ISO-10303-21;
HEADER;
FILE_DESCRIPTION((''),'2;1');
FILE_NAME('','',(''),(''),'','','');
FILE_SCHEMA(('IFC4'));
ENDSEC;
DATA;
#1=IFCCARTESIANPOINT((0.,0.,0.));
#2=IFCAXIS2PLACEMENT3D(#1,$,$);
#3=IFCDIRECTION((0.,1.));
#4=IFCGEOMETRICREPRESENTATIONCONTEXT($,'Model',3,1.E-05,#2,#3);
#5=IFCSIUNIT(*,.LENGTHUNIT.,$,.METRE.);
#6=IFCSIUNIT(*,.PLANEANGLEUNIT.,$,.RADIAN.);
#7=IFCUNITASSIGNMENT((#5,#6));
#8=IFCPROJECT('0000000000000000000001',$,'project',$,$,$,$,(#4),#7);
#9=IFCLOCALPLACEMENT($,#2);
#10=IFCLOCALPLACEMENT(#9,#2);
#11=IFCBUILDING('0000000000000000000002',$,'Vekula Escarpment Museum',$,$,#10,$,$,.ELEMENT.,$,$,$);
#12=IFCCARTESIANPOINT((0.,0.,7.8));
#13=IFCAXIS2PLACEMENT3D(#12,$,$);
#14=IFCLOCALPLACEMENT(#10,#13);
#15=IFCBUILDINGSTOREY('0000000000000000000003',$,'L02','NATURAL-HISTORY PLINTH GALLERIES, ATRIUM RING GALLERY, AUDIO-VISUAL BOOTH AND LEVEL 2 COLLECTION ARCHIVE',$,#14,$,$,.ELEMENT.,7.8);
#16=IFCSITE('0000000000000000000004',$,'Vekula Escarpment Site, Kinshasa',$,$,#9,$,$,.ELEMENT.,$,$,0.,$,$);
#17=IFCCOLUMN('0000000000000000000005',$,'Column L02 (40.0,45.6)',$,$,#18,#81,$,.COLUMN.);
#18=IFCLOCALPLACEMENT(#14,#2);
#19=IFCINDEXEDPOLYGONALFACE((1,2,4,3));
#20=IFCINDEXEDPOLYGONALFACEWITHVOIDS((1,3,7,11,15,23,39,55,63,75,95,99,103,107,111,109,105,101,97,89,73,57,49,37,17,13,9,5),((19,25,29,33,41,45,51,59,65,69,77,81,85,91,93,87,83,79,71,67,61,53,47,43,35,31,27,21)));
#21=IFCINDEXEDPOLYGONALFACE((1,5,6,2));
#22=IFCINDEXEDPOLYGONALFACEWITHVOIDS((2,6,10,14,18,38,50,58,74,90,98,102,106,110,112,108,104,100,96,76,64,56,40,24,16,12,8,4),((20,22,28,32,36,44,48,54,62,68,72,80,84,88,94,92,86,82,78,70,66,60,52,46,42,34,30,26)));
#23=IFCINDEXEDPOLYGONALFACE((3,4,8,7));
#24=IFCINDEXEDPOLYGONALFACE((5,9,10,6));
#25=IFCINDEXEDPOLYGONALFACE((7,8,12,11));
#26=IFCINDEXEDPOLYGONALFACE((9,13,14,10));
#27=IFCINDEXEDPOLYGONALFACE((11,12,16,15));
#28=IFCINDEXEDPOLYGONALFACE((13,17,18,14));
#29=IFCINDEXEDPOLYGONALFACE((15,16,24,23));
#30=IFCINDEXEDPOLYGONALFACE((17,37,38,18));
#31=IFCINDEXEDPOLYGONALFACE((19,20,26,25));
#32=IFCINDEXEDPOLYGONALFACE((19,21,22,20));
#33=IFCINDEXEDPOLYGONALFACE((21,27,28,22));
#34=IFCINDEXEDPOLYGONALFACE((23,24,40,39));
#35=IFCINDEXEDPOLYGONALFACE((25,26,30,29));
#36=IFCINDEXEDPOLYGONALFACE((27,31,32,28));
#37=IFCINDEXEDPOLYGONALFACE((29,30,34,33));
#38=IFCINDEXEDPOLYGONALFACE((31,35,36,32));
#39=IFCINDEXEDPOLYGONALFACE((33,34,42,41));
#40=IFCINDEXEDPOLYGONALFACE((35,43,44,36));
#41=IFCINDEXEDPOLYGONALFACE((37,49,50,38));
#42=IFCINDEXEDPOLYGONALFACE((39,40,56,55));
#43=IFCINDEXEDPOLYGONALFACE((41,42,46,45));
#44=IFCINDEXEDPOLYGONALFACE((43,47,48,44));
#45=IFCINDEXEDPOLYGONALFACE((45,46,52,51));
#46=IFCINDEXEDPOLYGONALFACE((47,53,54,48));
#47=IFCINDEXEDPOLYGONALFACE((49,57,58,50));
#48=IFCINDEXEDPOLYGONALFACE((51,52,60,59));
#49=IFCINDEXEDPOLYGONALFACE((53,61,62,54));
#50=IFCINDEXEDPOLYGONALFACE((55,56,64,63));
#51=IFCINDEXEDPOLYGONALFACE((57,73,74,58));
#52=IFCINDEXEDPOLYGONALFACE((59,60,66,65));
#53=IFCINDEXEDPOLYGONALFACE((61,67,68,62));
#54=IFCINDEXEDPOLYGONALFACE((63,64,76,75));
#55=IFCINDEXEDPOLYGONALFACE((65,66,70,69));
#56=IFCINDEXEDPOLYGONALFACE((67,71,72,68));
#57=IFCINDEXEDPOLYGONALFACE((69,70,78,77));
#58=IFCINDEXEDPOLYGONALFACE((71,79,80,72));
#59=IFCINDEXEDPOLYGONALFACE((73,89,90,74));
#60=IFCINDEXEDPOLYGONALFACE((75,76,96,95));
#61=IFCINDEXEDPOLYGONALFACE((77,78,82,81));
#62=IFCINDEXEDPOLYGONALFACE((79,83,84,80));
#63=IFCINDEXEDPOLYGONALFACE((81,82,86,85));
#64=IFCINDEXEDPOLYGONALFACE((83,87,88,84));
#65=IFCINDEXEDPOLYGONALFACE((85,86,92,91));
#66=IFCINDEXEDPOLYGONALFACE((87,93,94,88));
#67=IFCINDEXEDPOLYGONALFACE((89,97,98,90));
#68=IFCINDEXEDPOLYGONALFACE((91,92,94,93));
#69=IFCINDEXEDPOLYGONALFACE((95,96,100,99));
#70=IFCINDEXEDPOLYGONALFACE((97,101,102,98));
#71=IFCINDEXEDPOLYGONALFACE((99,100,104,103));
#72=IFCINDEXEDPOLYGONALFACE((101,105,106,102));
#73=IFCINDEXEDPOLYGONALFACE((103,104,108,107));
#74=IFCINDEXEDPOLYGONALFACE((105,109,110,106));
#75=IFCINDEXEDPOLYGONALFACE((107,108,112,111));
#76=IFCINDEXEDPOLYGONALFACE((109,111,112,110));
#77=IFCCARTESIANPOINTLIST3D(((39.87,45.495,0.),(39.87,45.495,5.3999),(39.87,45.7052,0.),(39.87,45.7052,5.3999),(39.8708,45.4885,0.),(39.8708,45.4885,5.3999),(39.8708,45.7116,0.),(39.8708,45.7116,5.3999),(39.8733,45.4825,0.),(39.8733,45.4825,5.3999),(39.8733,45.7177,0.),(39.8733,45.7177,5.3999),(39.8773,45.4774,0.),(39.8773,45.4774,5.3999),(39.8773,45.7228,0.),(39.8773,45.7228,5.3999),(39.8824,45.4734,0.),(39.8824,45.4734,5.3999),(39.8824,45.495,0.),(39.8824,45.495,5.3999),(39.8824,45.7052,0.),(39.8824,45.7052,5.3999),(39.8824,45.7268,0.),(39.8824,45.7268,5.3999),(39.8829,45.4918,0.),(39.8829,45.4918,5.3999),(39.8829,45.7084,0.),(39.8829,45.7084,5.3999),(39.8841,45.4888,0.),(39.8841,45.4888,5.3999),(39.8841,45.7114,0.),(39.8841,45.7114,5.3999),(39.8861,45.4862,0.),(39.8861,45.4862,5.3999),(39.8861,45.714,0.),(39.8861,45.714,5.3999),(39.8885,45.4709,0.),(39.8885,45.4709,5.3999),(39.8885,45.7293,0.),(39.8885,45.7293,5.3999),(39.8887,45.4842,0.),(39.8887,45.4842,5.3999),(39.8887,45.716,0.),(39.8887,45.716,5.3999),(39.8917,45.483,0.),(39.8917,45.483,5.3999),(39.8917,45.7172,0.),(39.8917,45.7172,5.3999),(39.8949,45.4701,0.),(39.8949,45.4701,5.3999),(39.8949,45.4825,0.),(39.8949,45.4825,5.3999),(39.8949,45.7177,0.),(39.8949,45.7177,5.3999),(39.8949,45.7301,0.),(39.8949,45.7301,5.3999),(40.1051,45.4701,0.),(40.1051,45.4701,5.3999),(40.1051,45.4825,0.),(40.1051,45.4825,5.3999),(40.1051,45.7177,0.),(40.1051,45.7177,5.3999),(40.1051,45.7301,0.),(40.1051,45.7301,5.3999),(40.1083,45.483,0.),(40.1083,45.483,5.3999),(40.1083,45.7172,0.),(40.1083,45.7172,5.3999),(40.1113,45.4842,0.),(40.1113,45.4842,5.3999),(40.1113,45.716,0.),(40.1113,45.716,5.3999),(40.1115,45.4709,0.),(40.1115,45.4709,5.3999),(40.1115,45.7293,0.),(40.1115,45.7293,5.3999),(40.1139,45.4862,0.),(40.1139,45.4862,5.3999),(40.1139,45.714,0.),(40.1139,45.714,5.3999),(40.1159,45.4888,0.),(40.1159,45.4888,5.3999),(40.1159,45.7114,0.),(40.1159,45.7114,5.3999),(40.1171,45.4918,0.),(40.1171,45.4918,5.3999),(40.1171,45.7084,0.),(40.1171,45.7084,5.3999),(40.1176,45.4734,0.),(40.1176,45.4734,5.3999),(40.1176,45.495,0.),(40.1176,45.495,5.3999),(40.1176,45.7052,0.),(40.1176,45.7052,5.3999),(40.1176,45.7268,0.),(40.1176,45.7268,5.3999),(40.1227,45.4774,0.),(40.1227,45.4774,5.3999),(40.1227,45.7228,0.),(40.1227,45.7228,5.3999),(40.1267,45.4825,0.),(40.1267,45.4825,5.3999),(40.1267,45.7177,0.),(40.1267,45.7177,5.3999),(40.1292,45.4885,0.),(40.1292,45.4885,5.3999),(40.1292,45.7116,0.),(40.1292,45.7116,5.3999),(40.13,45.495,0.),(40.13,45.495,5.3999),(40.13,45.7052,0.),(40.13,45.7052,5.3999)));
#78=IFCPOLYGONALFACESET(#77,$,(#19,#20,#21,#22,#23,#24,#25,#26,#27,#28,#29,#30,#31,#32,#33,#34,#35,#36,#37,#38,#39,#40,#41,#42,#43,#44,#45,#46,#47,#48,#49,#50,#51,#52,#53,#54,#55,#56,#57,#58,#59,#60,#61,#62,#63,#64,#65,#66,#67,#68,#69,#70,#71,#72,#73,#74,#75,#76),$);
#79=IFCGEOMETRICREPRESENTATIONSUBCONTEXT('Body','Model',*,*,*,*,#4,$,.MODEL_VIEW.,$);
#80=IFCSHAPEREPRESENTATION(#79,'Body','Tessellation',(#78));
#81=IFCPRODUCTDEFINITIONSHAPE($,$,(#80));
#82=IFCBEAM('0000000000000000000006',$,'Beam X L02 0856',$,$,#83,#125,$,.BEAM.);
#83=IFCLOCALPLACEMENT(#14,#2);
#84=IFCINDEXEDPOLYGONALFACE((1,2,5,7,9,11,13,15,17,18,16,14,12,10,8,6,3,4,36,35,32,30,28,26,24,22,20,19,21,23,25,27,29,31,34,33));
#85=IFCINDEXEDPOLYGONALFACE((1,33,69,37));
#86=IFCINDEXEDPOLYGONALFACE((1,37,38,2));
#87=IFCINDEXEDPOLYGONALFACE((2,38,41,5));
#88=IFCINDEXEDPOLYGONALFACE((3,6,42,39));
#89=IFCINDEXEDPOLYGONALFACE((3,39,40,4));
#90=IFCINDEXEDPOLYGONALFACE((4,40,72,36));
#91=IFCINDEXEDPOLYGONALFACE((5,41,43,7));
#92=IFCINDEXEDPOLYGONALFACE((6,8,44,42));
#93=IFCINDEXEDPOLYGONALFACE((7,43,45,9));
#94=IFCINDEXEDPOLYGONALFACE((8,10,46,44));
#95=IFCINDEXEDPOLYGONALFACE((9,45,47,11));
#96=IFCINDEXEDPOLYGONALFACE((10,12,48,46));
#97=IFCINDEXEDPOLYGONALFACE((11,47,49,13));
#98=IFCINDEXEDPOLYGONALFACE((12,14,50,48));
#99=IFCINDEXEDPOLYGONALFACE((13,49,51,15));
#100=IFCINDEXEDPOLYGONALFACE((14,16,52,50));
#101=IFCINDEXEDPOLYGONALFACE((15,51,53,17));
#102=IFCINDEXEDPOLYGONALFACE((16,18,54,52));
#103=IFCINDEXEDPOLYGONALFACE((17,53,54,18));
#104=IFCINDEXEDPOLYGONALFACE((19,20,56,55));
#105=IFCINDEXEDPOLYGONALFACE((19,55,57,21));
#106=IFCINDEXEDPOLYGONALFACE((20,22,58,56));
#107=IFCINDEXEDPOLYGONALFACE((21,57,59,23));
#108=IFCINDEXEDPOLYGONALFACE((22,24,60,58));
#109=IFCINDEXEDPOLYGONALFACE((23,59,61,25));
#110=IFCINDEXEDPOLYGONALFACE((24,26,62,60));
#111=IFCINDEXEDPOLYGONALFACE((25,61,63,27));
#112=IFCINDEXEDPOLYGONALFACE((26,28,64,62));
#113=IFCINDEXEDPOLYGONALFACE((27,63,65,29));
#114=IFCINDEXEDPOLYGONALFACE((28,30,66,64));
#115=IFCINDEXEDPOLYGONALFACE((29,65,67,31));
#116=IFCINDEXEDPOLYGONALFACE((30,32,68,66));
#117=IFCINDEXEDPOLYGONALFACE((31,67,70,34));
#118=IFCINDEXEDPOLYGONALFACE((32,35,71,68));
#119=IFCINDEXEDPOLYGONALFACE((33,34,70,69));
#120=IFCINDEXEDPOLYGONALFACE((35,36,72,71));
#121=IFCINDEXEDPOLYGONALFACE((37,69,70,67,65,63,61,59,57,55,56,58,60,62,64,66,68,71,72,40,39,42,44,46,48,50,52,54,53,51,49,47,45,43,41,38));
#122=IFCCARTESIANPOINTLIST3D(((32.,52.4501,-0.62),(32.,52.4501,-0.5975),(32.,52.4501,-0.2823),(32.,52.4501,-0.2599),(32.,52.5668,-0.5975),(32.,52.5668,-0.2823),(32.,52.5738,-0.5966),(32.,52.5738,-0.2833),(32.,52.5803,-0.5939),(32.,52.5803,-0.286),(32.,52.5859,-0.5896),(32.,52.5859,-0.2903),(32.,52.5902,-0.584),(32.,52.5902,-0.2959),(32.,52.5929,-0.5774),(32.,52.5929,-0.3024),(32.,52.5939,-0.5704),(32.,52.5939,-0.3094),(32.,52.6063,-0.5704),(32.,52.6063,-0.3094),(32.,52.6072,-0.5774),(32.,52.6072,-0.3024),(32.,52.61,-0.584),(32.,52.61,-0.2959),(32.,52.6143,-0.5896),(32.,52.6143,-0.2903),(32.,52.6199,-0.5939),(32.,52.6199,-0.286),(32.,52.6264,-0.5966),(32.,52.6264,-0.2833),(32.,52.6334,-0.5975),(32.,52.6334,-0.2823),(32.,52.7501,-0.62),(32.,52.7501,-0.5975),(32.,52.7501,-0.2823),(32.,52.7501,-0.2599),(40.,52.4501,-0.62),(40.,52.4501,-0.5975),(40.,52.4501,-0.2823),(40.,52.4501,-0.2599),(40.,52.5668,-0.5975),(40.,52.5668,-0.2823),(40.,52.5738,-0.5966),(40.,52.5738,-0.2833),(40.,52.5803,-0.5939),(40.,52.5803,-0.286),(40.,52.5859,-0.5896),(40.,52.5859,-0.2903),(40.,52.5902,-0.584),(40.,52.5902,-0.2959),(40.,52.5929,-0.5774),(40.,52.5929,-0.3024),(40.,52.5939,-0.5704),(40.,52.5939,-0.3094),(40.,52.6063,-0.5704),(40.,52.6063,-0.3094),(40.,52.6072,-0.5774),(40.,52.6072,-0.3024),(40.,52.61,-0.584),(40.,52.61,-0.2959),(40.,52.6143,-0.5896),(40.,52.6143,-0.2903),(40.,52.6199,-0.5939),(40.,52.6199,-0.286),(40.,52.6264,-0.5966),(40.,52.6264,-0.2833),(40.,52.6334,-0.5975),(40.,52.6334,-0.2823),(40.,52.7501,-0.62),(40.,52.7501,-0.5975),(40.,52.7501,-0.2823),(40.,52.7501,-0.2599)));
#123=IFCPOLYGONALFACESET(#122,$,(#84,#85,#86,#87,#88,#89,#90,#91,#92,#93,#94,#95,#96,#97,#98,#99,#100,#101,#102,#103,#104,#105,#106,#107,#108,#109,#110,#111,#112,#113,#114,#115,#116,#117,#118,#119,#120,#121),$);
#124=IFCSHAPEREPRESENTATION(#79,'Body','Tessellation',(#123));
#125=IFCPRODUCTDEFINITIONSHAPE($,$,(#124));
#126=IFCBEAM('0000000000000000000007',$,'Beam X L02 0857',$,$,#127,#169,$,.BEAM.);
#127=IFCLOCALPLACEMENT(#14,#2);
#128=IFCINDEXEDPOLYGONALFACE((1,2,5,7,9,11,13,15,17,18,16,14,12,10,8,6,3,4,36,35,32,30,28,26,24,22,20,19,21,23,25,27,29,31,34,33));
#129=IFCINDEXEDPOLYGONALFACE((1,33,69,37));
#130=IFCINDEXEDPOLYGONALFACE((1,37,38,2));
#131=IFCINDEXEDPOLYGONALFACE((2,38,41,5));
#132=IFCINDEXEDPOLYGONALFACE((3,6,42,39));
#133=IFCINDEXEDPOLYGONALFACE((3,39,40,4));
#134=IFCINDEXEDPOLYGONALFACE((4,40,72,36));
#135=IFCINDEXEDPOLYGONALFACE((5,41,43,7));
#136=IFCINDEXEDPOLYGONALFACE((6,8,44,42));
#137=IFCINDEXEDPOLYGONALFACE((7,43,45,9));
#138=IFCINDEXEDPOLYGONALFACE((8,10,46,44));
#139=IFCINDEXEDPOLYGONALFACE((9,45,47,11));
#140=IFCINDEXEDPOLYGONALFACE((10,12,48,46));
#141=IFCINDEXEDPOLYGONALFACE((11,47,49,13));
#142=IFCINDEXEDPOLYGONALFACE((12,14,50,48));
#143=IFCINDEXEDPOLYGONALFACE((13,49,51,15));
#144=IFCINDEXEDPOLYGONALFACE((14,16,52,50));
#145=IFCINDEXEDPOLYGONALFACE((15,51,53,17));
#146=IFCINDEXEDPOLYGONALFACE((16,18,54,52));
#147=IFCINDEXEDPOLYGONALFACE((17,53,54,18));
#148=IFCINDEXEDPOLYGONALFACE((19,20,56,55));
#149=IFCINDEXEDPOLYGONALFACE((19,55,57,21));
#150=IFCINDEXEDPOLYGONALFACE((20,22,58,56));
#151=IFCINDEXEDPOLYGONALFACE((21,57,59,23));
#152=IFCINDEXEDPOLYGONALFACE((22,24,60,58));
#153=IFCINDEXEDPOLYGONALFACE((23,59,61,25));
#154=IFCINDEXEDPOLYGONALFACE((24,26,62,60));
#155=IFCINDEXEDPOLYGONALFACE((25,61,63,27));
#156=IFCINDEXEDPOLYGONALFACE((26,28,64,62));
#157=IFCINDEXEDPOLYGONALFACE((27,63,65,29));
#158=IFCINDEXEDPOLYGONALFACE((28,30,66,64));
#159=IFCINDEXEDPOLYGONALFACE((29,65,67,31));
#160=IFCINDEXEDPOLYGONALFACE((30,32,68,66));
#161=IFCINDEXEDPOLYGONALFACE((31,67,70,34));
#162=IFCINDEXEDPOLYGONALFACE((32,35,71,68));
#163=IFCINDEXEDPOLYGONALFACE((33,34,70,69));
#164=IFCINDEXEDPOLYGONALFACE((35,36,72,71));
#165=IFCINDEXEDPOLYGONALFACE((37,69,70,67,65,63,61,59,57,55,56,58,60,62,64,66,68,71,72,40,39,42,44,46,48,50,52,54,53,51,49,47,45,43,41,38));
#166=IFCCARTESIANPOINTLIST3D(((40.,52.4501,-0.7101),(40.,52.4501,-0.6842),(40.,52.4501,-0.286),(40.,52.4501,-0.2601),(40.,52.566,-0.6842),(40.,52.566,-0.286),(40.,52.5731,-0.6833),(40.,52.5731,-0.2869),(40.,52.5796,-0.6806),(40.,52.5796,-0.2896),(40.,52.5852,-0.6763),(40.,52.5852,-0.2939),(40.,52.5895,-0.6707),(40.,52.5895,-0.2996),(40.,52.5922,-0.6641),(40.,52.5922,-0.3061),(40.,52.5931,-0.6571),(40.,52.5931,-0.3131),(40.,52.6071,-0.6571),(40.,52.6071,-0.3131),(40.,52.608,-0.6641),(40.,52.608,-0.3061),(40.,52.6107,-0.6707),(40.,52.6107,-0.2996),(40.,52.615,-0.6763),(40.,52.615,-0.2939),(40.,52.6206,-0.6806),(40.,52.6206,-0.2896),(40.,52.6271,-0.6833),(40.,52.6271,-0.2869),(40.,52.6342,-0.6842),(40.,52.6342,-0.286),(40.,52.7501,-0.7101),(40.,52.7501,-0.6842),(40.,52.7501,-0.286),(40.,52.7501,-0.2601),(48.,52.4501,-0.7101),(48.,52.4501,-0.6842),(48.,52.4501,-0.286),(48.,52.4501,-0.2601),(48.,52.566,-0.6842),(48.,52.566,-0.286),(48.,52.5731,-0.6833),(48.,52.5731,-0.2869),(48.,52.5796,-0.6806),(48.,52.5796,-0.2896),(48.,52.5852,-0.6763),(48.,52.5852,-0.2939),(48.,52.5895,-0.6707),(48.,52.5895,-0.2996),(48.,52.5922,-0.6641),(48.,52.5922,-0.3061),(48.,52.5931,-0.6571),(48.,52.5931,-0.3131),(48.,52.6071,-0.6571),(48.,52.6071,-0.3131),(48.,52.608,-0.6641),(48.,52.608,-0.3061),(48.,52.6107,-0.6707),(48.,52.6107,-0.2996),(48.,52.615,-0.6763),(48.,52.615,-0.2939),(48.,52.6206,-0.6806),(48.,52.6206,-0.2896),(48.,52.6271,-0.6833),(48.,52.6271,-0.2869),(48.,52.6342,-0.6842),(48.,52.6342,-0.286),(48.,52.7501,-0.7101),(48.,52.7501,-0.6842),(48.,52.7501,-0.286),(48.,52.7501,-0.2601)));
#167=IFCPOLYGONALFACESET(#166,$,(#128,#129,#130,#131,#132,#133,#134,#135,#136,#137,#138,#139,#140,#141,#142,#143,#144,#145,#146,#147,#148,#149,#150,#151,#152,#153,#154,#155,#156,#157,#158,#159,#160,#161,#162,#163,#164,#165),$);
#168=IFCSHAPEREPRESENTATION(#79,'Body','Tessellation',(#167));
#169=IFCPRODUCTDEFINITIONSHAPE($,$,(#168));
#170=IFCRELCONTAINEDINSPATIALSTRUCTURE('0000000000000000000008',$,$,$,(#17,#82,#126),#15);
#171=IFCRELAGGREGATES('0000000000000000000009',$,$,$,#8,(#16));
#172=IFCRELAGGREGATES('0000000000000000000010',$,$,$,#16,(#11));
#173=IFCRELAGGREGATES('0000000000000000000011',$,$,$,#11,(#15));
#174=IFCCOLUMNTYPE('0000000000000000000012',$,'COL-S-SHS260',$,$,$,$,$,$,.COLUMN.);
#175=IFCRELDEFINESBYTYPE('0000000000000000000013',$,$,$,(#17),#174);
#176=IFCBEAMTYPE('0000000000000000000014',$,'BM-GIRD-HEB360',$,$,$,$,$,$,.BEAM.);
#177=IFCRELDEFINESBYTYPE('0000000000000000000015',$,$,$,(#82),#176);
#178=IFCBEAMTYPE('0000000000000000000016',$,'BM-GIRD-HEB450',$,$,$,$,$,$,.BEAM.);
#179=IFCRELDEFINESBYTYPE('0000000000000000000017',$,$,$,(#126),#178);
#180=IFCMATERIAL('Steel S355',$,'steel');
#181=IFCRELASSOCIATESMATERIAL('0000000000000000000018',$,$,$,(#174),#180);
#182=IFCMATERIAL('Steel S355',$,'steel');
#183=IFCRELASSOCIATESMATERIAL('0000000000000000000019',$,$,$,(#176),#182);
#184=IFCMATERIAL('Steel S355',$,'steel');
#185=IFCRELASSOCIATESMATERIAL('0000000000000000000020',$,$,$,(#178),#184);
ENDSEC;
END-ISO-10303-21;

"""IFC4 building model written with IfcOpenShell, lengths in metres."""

from ifc_helpers import new_model, si_unit, direction, frame, origin, origin_2d, place, context, subcontext, project, spatial, hollow_rectangle, i_section, extrude, material, material_profile, profile_set, type_object, element, save


model = new_model("IFC4")

# Units and contexts
model_context = context("Model", 3, precision=1e-05, world=origin(), true_north=direction((0.0, 1.0)))
body_context = subcontext(model_context, "Body", "Model", "MODEL_VIEW")
ifc_project = project(units=[si_unit("LENGTHUNIT", "METRE"), si_unit("PLANEANGLEUNIT", "RADIAN")], contexts=[model_context])

# Site, building, storey
site_placement = place(None, origin())
site = spatial("IfcSite", under=ifc_project, at=site_placement, Name="Vekula Escarpment Site, Kinshasa", CompositionType="ELEMENT", RefElevation=0.0)
building_placement = place(site_placement, origin())
building = spatial("IfcBuilding", under=site, at=building_placement, Name="Vekula Escarpment Museum", CompositionType="ELEMENT")
storey_placement = place(building_placement, frame((0.0, 0.0, 7.8)))
storey = spatial("IfcBuildingStorey", under=building, at=storey_placement, Name="L02", Description="NATURAL-HISTORY PLINTH GALLERIES, ATRIUM RING GALLERY, AUDIO-VISUAL BOOTH AND LEVEL 2 COLLECTION ARCHIVE", CompositionType="ELEMENT", Elevation=7.8)

# Column
ifc_material_1 = material(Name="Steel S355", Category="steel")
ifc_material_profile_1 = material_profile(ifc_material_1, hollow_rectangle(XDim=0.26, YDim=0.26, WallThickness=0.0125, InnerFilletRadius=0.0125, OuterFilletRadius=0.0249, at=origin_2d()), Name="SHS 260x260x12.5")
ifc_profile_set_1 = profile_set([ifc_material_profile_1], Name="Steel S355")
column_type_1 = type_object("IfcColumnType", Name="COL-S-SHS260", PredefinedType="COLUMN", material=ifc_profile_set_1)
for number, where, z_axis, x_axis, name in (
    (1, (40.0, 45.6001, 0.0), (0.0, 0.0, 1.0), (1.0, 0.0, 0.0), "Column L02 (40.0,45.6)"),
):
    element("IfcColumn", number, at=place(storey_placement, frame(where, z_axis=z_axis, x_axis=x_axis)), inside=storey, type_object=column_type_1, Name=name, PredefinedType="COLUMN", context=body_context, shape_type="SweptSolid", body=[
        extrude(hollow_rectangle(XDim=0.26, YDim=0.26, WallThickness=0.0125, InnerFilletRadius=0.0125, OuterFilletRadius=0.0249, at=origin_2d()), origin(), (0.0, 0.0, 1.0), 5.3999),
    ])

# Beams
ifc_material_2 = material(Name="Steel S355", Category="steel")
ifc_material_profile_2 = material_profile(ifc_material_2, i_section(OverallWidth=0.3, OverallDepth=0.3601, WebThickness=0.0125, FlangeThickness=0.0225, FilletRadius=0.0271, at=origin_2d()), Name="HEB 360")
ifc_profile_set_2 = profile_set([ifc_material_profile_2], Name="Steel S355")
beam_type_1 = type_object("IfcBeamType", Name="BM-GIRD-HEB360", PredefinedType="BEAM", material=ifc_profile_set_2)
beam_1_placement = place(storey_placement, frame((32.0, 52.6001, -0.4399), z_axis=(1.0, 0.0, 0.0), x_axis=(0.0, 1.0, 0.0)))
element("IfcBeam", 2, at=beam_1_placement, inside=storey, type_object=beam_type_1, Name="Beam X L02 0856", PredefinedType="BEAM", context=body_context, shape_type="SweptSolid", body=[
    extrude(i_section(OverallWidth=0.3, OverallDepth=0.3601, WebThickness=0.0125, FlangeThickness=0.0225, FilletRadius=0.0271, at=origin_2d()), origin(), (0.0, 0.0, 1.0), 8.0),
])
ifc_material_3 = material(Name="Steel S355", Category="steel")
ifc_material_profile_3 = material_profile(ifc_material_3, i_section(OverallWidth=0.3, OverallDepth=0.45, WebThickness=0.0139, FlangeThickness=0.0259, FilletRadius=0.0271, at=origin_2d()), Name="HEB 450")
ifc_profile_set_3 = profile_set([ifc_material_profile_3], Name="Steel S355")
beam_type_2 = type_object("IfcBeamType", Name="BM-GIRD-HEB450", PredefinedType="BEAM", material=ifc_profile_set_3)
beam_2_placement = place(storey_placement, frame((40.0, 52.6001, -0.4851), z_axis=(1.0, 0.0, 0.0), x_axis=(0.0, 1.0, 0.0)))
element("IfcBeam", 3, at=beam_2_placement, inside=storey, type_object=beam_type_2, Name="Beam X L02 0857", PredefinedType="BEAM", context=body_context, shape_type="SweptSolid", body=[
    extrude(i_section(OverallWidth=0.3, OverallDepth=0.45, WebThickness=0.0139, FlangeThickness=0.0259, FilletRadius=0.0271, at=origin_2d()), origin(), (0.0, 0.0, 1.0), 8.0),
])

save(model, "model.ifc")
